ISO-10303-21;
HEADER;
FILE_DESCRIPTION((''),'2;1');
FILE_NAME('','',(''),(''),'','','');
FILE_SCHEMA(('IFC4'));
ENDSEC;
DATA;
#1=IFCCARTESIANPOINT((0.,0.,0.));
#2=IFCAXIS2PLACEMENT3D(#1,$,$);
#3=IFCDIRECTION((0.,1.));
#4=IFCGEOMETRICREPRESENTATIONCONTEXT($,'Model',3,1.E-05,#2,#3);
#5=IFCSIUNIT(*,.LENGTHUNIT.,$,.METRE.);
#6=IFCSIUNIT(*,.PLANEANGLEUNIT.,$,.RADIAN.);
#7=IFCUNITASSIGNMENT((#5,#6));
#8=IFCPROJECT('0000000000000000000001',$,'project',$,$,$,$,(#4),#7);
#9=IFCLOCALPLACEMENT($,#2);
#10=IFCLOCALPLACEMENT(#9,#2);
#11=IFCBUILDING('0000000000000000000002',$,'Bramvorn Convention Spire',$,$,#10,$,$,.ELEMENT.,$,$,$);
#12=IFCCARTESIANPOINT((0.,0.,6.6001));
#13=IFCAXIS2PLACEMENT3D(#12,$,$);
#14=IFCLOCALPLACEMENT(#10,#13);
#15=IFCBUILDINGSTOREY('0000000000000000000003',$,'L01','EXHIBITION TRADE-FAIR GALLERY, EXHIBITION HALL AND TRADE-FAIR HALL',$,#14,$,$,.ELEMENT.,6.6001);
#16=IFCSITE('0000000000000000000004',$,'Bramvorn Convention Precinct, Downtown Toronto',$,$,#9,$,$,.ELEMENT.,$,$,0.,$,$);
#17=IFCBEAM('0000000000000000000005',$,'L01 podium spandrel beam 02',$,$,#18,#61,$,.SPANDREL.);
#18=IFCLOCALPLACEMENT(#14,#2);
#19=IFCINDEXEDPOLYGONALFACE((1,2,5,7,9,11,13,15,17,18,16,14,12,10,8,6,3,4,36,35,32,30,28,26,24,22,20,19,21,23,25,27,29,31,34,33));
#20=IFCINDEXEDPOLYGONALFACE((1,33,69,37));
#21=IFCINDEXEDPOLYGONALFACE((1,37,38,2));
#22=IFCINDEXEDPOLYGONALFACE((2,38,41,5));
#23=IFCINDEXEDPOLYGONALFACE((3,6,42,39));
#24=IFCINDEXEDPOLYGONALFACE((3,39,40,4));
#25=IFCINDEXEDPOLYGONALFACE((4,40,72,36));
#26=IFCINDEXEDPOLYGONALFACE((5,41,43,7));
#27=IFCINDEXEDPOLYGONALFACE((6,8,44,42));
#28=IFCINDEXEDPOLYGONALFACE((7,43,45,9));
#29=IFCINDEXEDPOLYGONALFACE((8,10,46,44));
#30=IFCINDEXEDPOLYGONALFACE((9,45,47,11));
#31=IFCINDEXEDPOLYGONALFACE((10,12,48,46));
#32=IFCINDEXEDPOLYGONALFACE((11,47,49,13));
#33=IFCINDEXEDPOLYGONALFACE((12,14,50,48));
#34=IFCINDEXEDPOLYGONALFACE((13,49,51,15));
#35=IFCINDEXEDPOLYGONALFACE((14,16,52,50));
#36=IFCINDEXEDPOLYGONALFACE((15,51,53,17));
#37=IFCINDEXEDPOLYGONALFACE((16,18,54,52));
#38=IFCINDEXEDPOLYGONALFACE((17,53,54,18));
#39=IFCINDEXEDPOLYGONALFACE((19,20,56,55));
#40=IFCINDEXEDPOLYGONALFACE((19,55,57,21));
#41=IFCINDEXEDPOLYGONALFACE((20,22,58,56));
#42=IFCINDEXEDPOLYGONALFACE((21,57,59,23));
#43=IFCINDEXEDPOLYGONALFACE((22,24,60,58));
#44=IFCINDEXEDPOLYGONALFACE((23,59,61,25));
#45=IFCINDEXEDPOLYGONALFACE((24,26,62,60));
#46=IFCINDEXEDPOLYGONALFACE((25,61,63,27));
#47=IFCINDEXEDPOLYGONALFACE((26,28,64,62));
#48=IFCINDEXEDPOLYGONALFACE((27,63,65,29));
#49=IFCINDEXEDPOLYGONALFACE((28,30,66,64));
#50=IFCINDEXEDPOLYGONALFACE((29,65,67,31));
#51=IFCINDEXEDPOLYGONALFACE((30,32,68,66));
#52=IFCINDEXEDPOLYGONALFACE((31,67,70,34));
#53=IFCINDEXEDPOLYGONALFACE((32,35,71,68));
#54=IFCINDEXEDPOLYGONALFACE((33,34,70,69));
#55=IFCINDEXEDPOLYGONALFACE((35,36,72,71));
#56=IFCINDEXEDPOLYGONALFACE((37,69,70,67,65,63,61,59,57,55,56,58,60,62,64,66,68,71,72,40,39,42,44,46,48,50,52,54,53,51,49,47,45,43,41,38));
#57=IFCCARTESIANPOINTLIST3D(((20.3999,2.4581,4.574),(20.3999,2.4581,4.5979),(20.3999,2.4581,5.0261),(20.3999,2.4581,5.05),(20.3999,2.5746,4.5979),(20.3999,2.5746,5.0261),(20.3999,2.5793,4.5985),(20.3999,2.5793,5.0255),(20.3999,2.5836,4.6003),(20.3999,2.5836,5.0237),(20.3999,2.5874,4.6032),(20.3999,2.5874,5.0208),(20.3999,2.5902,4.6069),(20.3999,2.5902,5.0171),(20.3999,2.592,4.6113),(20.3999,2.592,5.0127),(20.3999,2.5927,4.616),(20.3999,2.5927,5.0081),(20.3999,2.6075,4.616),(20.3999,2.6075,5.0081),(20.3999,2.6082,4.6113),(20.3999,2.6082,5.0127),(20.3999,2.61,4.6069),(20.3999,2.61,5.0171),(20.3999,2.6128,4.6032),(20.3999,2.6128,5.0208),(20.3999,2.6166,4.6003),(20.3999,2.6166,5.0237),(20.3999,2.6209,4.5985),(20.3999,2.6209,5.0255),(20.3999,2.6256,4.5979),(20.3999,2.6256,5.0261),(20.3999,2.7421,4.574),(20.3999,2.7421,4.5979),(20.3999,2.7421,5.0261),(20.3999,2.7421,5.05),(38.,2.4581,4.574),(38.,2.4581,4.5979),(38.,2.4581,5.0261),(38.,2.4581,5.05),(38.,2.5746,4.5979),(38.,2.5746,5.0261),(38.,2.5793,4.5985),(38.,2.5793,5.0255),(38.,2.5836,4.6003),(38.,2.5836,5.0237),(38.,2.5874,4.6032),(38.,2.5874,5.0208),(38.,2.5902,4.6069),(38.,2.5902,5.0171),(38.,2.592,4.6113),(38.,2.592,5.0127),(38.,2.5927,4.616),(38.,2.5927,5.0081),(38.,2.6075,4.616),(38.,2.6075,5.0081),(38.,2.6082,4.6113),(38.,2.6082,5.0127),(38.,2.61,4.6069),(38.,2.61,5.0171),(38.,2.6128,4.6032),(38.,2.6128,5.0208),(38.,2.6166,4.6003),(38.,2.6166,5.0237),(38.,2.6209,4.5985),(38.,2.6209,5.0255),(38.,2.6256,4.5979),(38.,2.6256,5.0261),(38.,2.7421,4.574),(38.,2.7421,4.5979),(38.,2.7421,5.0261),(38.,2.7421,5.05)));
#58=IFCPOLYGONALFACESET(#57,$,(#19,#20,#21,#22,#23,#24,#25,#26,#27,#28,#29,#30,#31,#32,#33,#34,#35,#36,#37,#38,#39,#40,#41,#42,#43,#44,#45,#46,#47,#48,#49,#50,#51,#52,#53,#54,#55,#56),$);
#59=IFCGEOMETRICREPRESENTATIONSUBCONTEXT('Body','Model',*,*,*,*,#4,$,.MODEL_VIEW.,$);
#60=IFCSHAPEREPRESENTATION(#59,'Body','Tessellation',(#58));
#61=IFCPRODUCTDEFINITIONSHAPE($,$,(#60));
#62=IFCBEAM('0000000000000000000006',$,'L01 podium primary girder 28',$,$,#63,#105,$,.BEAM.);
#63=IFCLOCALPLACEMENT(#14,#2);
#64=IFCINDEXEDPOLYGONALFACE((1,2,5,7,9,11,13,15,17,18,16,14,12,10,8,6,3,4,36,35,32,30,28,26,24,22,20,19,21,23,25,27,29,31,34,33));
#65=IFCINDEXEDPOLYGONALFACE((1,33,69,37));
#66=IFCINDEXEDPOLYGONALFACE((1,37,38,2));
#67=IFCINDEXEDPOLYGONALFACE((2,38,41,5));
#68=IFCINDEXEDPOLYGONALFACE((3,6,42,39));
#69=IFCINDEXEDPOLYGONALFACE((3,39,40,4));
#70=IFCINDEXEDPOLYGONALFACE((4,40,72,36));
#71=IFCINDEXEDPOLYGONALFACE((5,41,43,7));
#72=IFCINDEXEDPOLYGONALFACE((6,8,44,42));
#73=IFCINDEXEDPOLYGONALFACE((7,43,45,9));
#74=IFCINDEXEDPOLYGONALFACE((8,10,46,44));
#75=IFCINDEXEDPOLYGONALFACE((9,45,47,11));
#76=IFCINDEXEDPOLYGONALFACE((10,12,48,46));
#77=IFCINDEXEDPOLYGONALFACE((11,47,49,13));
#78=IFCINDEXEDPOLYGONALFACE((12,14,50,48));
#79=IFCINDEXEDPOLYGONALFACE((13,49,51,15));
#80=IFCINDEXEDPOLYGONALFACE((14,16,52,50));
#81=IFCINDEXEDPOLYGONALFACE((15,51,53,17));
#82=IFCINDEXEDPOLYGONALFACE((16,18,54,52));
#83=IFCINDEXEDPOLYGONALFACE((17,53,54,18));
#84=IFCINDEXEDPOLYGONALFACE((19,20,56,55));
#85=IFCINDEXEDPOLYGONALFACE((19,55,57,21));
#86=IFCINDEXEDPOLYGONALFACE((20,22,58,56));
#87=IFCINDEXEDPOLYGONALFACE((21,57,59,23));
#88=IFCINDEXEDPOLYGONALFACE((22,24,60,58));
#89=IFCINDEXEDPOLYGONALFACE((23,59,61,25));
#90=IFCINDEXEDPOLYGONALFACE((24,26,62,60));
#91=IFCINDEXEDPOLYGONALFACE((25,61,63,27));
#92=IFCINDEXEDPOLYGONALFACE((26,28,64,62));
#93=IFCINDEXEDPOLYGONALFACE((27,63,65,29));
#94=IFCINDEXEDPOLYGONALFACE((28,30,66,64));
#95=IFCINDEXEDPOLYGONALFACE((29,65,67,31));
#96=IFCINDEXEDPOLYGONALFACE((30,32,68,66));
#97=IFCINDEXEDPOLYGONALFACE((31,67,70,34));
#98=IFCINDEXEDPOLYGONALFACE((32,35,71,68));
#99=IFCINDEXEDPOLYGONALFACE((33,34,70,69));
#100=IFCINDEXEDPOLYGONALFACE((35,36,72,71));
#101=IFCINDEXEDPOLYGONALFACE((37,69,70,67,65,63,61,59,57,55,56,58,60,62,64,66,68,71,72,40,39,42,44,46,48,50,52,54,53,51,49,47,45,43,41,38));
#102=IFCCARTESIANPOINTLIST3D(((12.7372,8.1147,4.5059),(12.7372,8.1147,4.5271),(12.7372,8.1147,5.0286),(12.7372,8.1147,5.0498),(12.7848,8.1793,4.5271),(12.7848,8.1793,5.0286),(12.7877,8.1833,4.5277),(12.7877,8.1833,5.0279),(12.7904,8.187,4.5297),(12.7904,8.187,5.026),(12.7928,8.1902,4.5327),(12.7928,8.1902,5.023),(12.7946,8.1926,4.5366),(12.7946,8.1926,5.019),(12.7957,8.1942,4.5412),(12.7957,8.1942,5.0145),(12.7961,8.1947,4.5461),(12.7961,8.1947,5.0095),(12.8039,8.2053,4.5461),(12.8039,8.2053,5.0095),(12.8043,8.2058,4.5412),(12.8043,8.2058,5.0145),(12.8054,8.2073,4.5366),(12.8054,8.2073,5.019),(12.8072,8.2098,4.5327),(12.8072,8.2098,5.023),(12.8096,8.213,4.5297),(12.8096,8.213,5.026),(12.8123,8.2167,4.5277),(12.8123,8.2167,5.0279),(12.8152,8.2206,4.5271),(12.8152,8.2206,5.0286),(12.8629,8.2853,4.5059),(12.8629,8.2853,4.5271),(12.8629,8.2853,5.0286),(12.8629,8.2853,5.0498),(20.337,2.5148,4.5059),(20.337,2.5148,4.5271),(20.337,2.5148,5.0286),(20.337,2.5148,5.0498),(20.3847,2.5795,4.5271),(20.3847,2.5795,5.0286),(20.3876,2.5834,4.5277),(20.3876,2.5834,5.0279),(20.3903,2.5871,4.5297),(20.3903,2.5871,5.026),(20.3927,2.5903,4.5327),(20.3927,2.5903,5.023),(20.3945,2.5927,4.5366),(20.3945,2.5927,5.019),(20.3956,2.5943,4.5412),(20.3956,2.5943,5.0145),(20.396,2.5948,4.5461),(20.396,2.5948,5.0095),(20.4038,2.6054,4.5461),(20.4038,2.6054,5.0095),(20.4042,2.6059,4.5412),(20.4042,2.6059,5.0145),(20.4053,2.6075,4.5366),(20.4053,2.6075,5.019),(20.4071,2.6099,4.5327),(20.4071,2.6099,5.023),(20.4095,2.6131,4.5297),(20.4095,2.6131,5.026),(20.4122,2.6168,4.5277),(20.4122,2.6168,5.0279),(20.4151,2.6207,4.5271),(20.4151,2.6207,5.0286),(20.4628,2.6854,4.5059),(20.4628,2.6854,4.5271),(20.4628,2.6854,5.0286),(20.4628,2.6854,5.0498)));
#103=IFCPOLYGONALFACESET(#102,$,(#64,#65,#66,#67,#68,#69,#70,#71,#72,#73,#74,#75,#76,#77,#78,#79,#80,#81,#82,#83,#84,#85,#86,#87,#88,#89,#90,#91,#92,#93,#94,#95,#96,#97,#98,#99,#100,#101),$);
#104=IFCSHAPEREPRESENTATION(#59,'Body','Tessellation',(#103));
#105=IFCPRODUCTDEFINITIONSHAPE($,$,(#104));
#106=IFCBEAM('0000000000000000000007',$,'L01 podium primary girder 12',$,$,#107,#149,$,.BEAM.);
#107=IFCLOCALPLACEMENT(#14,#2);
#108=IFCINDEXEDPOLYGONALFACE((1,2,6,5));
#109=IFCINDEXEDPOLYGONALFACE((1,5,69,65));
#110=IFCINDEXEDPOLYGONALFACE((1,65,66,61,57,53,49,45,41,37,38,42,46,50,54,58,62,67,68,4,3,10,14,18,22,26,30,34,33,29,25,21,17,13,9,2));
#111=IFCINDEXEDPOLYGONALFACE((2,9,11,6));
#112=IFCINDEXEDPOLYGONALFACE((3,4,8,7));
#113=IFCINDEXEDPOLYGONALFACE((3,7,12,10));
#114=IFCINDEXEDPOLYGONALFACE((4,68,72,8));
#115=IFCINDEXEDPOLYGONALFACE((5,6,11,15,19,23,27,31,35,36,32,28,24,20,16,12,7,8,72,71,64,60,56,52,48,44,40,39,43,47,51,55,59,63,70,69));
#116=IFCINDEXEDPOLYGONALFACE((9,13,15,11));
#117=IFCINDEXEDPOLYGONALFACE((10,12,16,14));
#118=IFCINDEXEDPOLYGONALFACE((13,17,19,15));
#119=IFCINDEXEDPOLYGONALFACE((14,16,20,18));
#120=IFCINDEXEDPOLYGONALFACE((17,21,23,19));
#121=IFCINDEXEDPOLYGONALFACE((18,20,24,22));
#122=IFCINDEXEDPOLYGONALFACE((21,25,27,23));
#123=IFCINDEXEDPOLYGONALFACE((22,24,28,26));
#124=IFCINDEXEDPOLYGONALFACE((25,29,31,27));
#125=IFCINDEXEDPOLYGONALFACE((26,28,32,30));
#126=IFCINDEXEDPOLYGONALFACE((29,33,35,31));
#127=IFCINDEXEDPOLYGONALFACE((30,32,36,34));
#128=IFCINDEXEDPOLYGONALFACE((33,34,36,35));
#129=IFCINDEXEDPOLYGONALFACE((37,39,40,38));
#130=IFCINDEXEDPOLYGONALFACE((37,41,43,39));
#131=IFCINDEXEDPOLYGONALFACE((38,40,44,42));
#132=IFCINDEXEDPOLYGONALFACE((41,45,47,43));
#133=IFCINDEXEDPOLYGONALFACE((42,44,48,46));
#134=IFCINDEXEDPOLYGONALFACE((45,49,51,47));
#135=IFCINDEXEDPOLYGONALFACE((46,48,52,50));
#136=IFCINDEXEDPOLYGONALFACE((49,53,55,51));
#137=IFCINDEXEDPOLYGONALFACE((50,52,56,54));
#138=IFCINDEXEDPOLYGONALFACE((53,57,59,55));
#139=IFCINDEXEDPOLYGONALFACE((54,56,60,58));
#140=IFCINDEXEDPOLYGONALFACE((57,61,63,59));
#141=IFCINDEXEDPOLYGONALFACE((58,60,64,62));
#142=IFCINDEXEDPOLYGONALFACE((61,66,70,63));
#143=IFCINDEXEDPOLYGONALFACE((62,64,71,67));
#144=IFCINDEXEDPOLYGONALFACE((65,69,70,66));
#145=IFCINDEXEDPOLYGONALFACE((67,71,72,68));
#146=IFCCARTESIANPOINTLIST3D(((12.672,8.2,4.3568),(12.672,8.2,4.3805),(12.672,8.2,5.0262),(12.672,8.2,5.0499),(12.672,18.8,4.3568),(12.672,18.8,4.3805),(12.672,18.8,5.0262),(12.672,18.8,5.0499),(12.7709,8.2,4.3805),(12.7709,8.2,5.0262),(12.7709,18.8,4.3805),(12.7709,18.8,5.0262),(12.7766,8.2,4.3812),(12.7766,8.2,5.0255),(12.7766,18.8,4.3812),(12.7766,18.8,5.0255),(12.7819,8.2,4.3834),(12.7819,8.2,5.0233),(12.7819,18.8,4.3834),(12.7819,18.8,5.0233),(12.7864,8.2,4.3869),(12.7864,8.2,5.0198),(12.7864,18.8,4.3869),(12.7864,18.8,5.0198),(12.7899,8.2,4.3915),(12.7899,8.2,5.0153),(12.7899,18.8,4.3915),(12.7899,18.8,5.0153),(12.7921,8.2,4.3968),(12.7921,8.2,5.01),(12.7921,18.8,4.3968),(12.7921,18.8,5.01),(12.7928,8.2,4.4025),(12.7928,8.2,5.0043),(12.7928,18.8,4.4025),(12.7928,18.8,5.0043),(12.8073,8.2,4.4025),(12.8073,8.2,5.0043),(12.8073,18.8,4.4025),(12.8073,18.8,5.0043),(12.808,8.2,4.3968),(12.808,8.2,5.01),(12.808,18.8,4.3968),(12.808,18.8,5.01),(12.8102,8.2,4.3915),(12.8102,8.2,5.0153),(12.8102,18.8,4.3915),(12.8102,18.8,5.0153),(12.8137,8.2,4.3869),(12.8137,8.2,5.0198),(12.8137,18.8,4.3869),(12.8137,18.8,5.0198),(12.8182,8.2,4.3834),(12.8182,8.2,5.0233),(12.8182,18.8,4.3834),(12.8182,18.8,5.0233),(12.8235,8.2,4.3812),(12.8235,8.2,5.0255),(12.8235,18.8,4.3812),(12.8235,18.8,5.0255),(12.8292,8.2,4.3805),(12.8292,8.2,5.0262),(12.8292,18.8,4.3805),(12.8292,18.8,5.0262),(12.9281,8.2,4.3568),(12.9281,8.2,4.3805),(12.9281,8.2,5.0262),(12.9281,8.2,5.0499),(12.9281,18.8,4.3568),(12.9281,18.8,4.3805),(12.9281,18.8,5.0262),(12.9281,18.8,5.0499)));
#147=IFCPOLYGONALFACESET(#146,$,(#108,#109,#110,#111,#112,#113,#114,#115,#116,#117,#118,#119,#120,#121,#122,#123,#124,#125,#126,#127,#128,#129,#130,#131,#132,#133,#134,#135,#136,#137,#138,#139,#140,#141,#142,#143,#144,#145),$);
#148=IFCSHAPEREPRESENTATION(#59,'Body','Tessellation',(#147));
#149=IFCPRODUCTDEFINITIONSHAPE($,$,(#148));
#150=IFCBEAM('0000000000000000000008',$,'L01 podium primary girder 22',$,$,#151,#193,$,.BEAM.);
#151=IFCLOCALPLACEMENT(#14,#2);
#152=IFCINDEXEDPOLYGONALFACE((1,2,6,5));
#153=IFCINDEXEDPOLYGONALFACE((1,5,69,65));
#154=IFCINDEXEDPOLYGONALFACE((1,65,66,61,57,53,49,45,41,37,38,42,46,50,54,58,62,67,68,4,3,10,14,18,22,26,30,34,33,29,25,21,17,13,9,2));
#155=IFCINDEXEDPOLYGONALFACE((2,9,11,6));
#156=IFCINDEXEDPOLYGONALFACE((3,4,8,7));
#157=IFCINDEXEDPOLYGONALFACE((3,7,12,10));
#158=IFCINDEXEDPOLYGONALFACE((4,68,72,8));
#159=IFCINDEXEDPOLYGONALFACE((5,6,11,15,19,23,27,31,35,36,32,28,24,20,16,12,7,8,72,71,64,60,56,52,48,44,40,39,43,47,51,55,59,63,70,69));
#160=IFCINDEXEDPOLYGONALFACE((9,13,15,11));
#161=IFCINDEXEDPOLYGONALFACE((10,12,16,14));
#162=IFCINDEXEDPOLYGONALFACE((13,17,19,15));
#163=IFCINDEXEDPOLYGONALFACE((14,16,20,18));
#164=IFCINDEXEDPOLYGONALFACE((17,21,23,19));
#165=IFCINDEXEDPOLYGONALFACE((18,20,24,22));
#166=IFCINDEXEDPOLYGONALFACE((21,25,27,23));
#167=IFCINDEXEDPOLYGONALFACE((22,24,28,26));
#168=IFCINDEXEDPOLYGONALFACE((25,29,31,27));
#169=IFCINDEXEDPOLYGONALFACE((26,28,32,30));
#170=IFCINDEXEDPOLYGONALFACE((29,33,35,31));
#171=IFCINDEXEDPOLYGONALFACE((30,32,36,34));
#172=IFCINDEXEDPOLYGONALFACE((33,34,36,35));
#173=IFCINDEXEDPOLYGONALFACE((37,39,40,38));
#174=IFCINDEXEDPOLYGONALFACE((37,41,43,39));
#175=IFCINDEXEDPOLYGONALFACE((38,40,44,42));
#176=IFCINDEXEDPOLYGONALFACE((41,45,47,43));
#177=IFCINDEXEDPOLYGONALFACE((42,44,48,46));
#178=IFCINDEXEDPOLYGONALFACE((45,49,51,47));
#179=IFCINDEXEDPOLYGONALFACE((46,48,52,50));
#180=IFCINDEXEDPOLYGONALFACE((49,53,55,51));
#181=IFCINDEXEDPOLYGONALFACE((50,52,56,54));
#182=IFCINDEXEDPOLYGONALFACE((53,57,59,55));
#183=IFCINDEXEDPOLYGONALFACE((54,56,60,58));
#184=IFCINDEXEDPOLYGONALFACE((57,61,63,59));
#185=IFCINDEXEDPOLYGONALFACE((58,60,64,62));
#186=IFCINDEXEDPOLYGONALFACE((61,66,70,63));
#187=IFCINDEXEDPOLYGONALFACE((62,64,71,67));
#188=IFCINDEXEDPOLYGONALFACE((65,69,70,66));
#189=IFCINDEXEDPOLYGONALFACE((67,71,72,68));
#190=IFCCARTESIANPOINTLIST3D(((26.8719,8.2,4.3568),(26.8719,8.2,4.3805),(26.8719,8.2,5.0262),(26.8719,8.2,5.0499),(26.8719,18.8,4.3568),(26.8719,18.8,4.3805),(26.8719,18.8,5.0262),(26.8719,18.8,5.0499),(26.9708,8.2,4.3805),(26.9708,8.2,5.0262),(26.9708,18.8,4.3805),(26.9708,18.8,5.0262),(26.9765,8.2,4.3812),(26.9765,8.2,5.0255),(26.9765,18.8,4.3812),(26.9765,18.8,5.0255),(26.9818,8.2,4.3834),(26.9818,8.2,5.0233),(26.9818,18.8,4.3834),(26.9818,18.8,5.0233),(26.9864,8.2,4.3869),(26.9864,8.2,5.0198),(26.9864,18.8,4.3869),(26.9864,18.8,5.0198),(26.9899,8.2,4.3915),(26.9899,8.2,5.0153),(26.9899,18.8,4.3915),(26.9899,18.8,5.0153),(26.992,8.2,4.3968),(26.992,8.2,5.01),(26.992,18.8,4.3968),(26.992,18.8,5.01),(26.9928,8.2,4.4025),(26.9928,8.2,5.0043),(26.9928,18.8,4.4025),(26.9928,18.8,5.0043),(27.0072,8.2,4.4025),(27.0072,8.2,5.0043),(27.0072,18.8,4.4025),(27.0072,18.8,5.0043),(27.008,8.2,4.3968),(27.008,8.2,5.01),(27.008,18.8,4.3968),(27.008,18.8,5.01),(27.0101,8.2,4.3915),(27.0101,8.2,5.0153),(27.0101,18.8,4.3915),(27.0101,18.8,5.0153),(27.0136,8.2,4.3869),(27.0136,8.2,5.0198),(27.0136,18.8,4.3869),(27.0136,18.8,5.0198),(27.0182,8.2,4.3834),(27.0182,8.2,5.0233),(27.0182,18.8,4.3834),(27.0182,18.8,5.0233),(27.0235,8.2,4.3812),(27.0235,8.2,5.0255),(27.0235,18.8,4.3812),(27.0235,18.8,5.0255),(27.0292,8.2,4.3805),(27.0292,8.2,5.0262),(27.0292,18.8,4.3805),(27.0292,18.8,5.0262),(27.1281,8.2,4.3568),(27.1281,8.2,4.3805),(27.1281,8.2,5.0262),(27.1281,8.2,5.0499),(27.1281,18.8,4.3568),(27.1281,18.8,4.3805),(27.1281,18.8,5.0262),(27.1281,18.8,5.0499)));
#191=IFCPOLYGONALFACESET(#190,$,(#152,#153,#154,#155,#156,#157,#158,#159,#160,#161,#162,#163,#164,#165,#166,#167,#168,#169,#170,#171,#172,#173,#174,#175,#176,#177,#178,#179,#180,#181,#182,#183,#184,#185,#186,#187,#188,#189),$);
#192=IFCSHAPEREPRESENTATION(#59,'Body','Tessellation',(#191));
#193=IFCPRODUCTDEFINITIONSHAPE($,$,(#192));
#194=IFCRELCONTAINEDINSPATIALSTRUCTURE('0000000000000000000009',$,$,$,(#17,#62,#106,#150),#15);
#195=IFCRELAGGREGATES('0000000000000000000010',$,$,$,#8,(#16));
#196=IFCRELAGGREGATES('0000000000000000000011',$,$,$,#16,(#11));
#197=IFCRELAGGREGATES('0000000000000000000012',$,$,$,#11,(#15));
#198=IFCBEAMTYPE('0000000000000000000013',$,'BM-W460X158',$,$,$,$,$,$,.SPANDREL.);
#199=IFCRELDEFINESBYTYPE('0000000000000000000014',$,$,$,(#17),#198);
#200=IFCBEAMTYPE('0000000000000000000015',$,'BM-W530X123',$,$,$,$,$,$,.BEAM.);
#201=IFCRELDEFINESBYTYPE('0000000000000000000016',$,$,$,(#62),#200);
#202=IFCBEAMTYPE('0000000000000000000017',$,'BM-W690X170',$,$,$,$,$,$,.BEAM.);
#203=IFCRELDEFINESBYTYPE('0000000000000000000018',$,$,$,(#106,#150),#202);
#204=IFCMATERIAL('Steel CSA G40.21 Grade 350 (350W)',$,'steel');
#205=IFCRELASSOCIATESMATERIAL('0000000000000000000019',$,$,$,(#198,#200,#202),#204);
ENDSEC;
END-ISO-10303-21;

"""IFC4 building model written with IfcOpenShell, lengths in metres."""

from ifc_helpers import new_model, si_unit, direction, frame, origin, origin_2d, place, context, subcontext, project, spatial, i_section, extrude, material, material_profile, profile_set, type_object, element, save


model = new_model("IFC4")

# Units and contexts
model_context = context("Model", 3, precision=1e-05, world=origin(), true_north=direction((0.0, 1.0)))
body_context = subcontext(model_context, "Body", "Model", "MODEL_VIEW")
ifc_project = project(units=[si_unit("LENGTHUNIT", "METRE"), si_unit("PLANEANGLEUNIT", "RADIAN")], contexts=[model_context])

# Site, building, storey
site_placement = place(None, origin())
site = spatial("IfcSite", under=ifc_project, at=site_placement, Name="Bramvorn Convention Precinct, Downtown Toronto", CompositionType="ELEMENT", RefElevation=0.0)
building_placement = place(site_placement, origin())
building = spatial("IfcBuilding", under=site, at=building_placement, Name="Bramvorn Convention Spire", CompositionType="ELEMENT")
storey_placement = place(building_placement, frame((0.0, 0.0, 6.6001)))
storey = spatial("IfcBuildingStorey", under=building, at=storey_placement, Name="L01", Description="EXHIBITION TRADE-FAIR GALLERY, EXHIBITION HALL AND TRADE-FAIR HALL", CompositionType="ELEMENT", Elevation=6.6001)

# Shared definitions
ifc_material_1 = material(Name="Steel CSA G40.21 Grade 350 (350W)", Category="steel")

# Beams
ifc_material_profile_1 = material_profile(ifc_material_1, i_section(OverallWidth=0.2839, OverallDepth=0.4761, WebThickness=0.0149, FlangeThickness=0.0239, FilletRadius=0.0181, at=origin_2d()))
ifc_profile_set_1 = profile_set([ifc_material_profile_1], Name="Steel CSA G40.21 Grade 350 (350W) - W460X158")
beam_type_1 = type_object("IfcBeamType", Name="BM-W460X158", PredefinedType="SPANDREL", material=ifc_profile_set_1)
beam_1_placement = place(storey_placement, frame((20.3999, 2.6001, 4.812), z_axis=(1.0, 0.0, 0.0), x_axis=(0.0, 1.0, 0.0)))
element("IfcBeam", 1, at=beam_1_placement, inside=storey, type_object=beam_type_1, Name="L01 podium spandrel beam 02", PredefinedType="SPANDREL", context=body_context, shape_type="SweptSolid", body=[
    extrude(i_section(OverallWidth=0.2839, OverallDepth=0.4761, WebThickness=0.0149, FlangeThickness=0.0239, FilletRadius=0.0181, at=origin_2d()), origin(), (0.0, 0.0, 1.0), 17.6001),
])
ifc_material_profile_2 = material_profile(ifc_material_1, i_section(OverallWidth=0.2119, OverallDepth=0.5439, WebThickness=0.0132, FlangeThickness=0.0212, FilletRadius=0.019, at=origin_2d()))
ifc_profile_set_2 = profile_set([ifc_material_profile_2], Name="Steel CSA G40.21 Grade 350 (350W) - W530X123")
beam_type_2 = type_object("IfcBeamType", Name="BM-W530X123", PredefinedType="BEAM", material=ifc_profile_set_2)
beam_2_placement = place(storey_placement, frame((20.3999, 2.6001, 4.7778), z_axis=(-0.805058, 0.593196, 0.0), x_axis=(-0.593196, -0.805058, 0.0)))
element("IfcBeam", 2, at=beam_2_placement, inside=storey, type_object=beam_type_2, Name="L01 podium primary girder 28", PredefinedType="BEAM", context=body_context, shape_type="SweptSolid", body=[
    extrude(i_section(OverallWidth=0.2119, OverallDepth=0.5439, WebThickness=0.0132, FlangeThickness=0.0212, FilletRadius=0.019, at=origin_2d()), origin(), (0.0, 0.0, 1.0), 9.4402),
])
ifc_material_profile_3 = material_profile(ifc_material_1, i_section(OverallWidth=0.2561, OverallDepth=0.6931, WebThickness=0.0144, FlangeThickness=0.0237, FilletRadius=0.022, at=origin_2d()))
ifc_profile_set_3 = profile_set([ifc_material_profile_3], Name="Steel CSA G40.21 Grade 350 (350W) - W690X170")
beam_type_3 = type_object("IfcBeamType", Name="BM-W690X170", PredefinedType="BEAM", material=ifc_profile_set_3)
for number, where, z_axis, x_axis, name in (
    (3, (12.8, 8.2, 4.7034), (0.0, 1.0, 0.0), (-1.0, 0.0, 0.0), "L01 podium primary girder 12"),
    (4, (27.0, 8.2, 4.7034), (0.0, 1.0, 0.0), (-1.0, 0.0, 0.0), "L01 podium primary girder 22"),
):
    element("IfcBeam", number, at=place(storey_placement, frame(where, z_axis=z_axis, x_axis=x_axis)), inside=storey, type_object=beam_type_3, Name=name, PredefinedType="BEAM", context=body_context, shape_type="SweptSolid", body=[
        extrude(i_section(OverallWidth=0.2561, OverallDepth=0.6931, WebThickness=0.0144, FlangeThickness=0.0237, FilletRadius=0.022, at=origin_2d()), origin(), (0.0, 0.0, 1.0), 10.6001),
    ])

save(model, "model.ifc")
